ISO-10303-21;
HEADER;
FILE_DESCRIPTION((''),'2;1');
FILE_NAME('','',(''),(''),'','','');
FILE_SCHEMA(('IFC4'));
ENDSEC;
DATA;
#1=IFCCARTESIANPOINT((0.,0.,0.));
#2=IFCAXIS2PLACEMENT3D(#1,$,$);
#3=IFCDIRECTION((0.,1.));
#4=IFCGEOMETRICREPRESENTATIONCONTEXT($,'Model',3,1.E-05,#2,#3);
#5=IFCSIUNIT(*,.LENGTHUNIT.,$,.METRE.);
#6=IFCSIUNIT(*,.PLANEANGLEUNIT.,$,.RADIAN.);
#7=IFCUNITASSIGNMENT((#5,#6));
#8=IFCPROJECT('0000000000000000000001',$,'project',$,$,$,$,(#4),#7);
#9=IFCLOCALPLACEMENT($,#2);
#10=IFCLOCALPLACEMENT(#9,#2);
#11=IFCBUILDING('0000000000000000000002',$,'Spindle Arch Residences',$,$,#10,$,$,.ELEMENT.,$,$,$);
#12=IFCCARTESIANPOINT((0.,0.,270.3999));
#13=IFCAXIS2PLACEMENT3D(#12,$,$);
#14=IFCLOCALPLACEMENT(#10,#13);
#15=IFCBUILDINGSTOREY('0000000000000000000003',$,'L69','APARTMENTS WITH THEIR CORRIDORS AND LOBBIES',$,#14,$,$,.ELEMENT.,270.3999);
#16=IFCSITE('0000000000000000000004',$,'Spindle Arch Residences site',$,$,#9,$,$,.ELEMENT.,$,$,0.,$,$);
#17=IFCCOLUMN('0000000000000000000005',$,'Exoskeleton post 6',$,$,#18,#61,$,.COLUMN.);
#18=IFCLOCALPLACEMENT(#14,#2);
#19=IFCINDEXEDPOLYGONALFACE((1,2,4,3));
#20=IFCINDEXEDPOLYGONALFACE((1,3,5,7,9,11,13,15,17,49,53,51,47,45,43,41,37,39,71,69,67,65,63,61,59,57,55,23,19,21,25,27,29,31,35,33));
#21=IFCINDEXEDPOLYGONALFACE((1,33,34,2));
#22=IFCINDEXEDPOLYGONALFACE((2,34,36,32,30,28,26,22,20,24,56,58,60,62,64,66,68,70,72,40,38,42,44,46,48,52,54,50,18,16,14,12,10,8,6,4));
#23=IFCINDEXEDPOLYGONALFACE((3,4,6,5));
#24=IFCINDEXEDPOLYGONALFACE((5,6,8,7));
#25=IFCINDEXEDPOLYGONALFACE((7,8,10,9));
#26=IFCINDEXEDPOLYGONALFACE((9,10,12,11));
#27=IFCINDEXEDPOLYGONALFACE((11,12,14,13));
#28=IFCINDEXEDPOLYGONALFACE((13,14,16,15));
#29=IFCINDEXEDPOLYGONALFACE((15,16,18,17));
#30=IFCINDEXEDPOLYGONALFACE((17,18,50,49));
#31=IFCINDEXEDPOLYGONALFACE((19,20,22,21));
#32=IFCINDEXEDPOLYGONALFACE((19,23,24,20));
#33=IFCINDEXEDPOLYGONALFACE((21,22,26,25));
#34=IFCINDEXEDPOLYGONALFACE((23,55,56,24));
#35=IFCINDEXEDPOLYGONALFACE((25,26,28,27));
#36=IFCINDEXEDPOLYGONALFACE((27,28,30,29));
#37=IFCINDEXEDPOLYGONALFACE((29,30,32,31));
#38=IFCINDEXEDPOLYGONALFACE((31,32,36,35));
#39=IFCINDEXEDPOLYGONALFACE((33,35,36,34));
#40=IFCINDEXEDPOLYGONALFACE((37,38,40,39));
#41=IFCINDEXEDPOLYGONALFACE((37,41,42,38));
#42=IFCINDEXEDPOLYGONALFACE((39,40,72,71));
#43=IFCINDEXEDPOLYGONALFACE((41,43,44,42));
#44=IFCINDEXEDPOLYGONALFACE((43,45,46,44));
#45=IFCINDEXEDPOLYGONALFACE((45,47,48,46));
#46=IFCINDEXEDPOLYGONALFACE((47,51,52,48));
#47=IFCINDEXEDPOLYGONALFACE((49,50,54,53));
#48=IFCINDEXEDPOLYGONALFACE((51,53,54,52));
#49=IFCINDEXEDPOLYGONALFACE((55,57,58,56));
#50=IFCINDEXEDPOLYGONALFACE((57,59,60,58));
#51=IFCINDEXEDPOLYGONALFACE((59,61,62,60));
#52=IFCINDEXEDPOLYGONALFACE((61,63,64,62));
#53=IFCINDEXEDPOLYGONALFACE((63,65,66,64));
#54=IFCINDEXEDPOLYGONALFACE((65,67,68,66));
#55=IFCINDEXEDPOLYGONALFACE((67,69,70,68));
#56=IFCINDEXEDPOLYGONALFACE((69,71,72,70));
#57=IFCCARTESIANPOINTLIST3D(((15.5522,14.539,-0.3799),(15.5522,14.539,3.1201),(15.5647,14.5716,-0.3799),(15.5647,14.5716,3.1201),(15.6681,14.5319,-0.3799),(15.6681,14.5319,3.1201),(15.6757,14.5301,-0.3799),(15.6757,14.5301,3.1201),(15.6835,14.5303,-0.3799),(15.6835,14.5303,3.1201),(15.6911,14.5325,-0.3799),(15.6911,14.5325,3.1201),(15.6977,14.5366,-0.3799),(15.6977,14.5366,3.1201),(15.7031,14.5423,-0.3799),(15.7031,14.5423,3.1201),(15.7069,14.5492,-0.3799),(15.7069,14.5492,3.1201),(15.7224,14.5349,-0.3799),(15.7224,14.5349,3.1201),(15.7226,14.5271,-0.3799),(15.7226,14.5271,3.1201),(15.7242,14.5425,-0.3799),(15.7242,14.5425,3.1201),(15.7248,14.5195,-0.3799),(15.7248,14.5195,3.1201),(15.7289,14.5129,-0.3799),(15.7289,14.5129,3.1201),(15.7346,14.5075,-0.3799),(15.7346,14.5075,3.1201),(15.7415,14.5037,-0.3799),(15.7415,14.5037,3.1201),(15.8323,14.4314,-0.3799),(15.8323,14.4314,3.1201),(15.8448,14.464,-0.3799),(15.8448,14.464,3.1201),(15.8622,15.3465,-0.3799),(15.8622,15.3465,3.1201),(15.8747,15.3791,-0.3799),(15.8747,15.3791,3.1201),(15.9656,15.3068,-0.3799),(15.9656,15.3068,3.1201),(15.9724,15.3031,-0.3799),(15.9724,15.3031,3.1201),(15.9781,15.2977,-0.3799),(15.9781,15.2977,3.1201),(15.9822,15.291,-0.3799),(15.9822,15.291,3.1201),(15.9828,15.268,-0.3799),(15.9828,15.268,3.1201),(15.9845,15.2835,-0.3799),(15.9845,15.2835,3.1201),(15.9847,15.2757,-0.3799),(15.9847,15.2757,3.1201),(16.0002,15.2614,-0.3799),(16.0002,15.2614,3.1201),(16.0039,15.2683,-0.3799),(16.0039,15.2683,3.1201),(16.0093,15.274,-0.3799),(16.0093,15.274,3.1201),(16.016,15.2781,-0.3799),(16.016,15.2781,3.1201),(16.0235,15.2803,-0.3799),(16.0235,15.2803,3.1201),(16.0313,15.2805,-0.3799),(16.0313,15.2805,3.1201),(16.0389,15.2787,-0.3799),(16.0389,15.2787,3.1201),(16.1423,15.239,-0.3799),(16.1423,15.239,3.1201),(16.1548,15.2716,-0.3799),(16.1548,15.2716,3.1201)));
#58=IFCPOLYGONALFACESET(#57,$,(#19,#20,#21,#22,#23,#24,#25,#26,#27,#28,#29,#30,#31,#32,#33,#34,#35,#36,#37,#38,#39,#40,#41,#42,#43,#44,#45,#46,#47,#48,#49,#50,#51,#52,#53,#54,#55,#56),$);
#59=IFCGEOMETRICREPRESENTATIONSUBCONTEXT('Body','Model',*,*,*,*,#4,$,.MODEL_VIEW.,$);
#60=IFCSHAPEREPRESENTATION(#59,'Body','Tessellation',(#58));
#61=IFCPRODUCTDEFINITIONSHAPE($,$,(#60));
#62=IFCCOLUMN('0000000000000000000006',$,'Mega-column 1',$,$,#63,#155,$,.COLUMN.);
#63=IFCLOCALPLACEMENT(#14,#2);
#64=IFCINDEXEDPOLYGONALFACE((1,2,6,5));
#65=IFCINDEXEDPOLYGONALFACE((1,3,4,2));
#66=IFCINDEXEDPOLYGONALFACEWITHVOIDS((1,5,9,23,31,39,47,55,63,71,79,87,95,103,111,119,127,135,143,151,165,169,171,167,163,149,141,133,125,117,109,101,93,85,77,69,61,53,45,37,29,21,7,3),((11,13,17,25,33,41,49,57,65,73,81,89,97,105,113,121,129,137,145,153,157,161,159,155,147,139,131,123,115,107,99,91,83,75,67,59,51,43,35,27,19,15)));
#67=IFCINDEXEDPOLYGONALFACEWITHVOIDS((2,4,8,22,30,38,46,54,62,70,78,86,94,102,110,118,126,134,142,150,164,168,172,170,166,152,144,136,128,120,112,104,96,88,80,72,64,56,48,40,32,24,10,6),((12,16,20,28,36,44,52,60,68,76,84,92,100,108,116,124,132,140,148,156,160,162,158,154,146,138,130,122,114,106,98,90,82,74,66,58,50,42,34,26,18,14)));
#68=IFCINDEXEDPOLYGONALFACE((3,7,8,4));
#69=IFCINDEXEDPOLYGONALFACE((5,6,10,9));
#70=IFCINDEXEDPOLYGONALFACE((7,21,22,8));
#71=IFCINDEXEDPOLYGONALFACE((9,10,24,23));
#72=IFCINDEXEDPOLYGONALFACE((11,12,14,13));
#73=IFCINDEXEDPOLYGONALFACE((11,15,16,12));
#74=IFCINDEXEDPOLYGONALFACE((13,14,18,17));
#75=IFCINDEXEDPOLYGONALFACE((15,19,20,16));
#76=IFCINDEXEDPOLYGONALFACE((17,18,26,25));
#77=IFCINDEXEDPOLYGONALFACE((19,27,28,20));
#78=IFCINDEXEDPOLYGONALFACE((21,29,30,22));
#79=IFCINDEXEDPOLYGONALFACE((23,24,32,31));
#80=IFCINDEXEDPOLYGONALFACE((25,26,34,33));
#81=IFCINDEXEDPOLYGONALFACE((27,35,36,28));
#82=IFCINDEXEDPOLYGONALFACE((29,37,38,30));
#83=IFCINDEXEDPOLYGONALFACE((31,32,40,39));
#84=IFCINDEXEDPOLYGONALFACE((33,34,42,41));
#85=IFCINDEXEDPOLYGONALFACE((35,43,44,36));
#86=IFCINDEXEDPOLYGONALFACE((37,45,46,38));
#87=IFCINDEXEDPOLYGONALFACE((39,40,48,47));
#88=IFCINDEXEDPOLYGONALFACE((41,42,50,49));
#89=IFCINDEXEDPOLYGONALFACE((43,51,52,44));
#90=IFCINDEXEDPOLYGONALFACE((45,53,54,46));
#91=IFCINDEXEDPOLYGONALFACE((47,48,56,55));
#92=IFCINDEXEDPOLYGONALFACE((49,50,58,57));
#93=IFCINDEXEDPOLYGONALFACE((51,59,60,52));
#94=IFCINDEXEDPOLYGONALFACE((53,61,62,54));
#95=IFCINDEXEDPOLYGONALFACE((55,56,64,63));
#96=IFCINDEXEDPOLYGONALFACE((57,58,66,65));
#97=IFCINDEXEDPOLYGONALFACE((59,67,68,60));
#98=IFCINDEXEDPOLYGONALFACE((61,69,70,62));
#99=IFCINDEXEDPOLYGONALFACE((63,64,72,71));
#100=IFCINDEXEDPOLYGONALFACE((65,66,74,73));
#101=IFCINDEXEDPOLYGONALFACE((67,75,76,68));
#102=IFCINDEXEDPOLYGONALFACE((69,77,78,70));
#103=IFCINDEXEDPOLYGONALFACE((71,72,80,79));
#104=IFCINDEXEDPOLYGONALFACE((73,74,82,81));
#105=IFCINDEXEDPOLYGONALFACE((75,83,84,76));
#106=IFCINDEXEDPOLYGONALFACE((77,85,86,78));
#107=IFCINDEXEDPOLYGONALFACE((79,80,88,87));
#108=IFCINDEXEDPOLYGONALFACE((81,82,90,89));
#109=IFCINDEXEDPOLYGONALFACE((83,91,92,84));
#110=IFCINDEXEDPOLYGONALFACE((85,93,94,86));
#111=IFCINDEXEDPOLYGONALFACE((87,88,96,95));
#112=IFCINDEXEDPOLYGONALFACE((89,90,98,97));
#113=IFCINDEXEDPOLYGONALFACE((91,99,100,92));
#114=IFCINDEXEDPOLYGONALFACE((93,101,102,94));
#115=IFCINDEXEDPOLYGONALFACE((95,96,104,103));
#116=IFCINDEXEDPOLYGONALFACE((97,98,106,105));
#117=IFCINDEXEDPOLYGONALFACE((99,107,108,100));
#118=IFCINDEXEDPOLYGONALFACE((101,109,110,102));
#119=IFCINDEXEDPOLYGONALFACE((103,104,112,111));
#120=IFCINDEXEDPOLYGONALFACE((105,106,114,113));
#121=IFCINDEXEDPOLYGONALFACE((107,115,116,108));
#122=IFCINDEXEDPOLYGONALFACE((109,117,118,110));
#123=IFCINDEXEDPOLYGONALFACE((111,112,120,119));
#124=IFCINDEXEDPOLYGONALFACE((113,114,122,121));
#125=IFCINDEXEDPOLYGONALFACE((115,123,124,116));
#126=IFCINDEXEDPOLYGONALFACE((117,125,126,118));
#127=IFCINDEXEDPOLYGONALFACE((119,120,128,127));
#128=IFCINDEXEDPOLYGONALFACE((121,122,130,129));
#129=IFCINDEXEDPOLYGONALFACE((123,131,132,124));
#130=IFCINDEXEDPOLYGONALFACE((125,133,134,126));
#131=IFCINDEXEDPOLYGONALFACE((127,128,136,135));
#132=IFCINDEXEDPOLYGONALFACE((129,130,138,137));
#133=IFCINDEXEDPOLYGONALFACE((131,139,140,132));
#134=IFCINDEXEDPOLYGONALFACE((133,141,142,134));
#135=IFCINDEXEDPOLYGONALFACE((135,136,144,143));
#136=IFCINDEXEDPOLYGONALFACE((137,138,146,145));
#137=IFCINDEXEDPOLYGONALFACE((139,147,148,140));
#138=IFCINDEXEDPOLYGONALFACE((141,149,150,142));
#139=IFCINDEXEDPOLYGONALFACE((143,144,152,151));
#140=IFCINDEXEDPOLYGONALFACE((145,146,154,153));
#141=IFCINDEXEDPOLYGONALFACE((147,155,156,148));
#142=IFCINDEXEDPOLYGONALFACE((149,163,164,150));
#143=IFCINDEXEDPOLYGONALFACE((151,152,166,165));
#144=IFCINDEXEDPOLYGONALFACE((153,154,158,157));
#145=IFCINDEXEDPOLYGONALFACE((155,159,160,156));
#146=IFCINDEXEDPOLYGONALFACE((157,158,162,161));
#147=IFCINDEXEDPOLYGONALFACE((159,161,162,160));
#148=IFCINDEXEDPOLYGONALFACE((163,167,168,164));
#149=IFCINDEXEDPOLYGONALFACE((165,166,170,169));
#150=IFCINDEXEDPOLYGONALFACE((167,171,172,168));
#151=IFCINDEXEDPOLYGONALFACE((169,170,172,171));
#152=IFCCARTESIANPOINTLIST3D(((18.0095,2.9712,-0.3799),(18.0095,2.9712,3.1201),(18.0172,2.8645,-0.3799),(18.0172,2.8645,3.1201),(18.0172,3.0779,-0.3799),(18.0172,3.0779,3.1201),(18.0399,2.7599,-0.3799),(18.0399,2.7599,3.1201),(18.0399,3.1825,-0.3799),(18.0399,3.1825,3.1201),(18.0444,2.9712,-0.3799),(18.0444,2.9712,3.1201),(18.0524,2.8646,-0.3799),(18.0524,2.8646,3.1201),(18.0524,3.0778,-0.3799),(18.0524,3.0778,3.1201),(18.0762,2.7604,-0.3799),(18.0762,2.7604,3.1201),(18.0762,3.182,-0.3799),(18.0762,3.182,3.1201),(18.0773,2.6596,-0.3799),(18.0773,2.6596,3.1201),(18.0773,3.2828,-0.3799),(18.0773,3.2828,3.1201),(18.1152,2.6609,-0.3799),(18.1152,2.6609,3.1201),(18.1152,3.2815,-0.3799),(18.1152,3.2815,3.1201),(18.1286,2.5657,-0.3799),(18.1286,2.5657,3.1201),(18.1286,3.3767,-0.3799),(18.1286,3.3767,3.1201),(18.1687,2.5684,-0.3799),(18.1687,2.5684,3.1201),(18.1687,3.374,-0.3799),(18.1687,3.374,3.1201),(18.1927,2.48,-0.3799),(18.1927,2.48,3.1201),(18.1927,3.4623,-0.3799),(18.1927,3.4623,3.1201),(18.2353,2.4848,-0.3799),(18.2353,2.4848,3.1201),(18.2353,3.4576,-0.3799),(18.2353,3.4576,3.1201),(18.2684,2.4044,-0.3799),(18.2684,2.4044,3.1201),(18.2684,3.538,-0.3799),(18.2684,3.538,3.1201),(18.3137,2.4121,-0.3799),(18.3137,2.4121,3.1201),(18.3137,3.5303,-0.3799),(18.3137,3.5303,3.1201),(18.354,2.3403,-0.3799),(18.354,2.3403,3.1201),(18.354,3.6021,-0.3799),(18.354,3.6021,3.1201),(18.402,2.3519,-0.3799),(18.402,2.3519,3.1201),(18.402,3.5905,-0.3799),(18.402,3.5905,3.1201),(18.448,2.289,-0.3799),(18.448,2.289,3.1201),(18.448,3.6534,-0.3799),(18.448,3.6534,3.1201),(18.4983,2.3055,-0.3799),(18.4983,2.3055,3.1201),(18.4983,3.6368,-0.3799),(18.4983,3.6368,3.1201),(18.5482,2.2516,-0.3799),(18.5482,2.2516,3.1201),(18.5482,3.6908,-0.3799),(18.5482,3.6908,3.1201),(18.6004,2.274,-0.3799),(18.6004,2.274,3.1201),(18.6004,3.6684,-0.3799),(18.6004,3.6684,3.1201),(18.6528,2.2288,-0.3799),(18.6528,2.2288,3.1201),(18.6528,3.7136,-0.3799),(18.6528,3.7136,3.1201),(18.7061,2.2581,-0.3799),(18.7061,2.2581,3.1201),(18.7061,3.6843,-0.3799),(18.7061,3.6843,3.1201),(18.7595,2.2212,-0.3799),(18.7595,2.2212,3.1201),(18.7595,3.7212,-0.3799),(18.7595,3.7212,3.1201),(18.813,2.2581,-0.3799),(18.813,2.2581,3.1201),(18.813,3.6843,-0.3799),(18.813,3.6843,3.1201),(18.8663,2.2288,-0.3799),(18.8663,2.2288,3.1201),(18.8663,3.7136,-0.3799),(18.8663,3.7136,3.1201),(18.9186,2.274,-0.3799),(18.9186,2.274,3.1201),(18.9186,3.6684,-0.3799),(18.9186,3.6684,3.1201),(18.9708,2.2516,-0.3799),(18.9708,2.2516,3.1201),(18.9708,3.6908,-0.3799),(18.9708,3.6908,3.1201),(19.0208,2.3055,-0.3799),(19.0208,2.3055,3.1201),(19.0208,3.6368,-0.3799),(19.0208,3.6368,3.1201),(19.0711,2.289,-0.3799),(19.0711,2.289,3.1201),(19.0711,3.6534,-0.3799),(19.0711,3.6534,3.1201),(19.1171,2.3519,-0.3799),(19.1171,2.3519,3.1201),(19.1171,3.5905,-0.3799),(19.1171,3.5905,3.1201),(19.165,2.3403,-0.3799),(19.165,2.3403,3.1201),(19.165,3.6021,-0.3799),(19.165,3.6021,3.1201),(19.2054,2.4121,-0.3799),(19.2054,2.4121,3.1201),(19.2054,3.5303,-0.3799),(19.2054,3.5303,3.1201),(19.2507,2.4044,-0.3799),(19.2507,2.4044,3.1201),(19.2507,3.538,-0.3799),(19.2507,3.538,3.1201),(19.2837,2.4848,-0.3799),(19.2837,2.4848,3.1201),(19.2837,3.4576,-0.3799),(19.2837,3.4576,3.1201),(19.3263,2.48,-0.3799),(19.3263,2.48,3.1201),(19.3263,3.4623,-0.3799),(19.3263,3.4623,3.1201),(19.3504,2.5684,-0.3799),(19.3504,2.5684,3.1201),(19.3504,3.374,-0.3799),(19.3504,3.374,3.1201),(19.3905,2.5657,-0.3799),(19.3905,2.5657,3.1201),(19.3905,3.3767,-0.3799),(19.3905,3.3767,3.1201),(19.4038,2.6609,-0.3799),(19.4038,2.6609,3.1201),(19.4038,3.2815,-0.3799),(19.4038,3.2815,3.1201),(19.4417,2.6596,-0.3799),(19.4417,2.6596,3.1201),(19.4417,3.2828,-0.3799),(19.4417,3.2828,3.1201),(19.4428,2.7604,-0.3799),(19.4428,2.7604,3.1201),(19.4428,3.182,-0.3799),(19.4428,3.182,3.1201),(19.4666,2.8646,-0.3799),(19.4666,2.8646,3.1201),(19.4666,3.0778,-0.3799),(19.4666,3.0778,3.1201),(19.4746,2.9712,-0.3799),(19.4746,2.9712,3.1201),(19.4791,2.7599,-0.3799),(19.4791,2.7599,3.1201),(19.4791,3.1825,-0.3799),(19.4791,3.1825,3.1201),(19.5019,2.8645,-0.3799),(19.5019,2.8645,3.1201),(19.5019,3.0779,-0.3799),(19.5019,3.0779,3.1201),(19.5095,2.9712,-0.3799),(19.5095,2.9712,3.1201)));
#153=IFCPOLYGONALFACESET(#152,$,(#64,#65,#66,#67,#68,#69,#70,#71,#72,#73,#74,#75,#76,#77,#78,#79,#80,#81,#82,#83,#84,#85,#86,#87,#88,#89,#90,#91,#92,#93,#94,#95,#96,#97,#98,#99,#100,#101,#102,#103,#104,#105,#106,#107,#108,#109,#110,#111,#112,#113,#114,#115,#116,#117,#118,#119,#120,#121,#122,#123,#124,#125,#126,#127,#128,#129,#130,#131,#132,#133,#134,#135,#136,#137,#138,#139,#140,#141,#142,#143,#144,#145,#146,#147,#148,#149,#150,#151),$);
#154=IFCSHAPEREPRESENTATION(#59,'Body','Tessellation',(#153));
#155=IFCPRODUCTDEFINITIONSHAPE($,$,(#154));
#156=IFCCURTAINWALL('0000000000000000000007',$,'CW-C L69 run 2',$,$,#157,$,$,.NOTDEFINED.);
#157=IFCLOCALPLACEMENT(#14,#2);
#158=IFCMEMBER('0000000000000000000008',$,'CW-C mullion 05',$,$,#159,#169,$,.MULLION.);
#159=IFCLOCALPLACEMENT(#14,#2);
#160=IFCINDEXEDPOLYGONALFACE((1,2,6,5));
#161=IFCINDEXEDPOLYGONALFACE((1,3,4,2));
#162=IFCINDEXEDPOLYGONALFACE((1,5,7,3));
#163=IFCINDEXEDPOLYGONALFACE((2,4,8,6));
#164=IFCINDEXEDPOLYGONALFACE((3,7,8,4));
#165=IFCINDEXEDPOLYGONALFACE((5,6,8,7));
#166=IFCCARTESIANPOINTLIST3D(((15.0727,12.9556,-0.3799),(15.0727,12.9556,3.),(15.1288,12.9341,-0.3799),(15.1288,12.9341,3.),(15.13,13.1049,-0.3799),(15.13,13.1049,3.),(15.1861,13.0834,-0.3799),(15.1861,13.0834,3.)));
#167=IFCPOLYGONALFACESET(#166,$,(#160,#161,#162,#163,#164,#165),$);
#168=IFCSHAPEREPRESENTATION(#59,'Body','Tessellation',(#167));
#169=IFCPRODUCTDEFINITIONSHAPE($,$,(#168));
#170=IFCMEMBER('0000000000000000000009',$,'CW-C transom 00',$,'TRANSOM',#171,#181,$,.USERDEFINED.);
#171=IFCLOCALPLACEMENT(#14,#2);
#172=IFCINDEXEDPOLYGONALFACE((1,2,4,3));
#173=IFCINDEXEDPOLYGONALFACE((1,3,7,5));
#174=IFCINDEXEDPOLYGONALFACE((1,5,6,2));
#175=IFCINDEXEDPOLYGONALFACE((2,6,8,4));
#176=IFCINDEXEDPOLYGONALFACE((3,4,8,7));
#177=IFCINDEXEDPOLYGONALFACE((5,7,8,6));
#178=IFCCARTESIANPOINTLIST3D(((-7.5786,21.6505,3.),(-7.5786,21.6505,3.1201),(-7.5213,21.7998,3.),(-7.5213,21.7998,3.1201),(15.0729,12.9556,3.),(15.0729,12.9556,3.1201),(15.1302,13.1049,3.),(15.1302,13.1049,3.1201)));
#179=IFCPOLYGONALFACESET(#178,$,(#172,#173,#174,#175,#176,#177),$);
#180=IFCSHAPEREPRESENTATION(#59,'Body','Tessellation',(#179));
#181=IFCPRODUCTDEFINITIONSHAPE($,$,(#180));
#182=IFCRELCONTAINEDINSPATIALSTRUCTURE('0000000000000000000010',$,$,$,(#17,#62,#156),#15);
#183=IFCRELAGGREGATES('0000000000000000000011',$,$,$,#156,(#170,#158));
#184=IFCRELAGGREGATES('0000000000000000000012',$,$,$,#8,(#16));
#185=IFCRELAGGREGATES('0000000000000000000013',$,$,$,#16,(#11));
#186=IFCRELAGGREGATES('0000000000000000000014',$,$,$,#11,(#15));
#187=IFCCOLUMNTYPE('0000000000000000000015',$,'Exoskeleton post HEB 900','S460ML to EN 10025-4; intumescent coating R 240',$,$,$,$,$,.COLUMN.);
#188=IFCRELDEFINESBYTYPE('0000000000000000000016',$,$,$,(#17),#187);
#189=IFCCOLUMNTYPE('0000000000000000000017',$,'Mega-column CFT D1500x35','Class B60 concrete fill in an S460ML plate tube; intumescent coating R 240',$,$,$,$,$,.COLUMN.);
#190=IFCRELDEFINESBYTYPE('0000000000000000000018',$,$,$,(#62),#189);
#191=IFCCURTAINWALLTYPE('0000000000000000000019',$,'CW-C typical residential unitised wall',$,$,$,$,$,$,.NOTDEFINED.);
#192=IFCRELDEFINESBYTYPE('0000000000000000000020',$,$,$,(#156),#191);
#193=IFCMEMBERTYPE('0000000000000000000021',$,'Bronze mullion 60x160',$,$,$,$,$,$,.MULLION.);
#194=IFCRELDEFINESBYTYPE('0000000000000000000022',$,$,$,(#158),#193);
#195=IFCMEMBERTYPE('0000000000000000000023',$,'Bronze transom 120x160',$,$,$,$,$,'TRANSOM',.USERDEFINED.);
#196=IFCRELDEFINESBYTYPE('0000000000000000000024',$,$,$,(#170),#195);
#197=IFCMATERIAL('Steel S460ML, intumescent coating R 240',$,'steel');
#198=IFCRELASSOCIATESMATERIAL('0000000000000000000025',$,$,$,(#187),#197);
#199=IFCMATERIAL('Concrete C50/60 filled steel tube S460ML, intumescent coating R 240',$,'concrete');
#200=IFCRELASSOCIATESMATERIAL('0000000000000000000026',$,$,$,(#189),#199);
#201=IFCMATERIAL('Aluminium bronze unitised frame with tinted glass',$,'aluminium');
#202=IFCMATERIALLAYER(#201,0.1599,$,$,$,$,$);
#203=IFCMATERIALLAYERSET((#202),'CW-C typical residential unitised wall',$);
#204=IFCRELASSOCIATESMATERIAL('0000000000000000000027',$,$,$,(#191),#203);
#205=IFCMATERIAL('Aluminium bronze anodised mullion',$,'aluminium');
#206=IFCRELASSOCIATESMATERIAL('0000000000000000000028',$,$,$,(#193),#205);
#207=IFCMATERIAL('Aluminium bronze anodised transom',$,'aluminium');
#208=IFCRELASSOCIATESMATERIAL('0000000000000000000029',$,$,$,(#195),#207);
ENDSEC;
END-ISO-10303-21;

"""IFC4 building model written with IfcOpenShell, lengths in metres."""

from ifc_helpers import new_model, si_unit, direction, frame, origin, origin_2d, place, context, subcontext, project, spatial, rectangle, hollow_circle, i_section, extrude, material, layer, layer_set, material_profile, profile_set, type_object, element, aggregate, save


model = new_model("IFC4")

# Units and contexts
model_context = context("Model", 3, precision=1e-05, world=origin(), true_north=direction((0.0, 1.0)))
body_context = subcontext(model_context, "Body", "Model", "MODEL_VIEW")
ifc_project = project(units=[si_unit("LENGTHUNIT", "METRE"), si_unit("PLANEANGLEUNIT", "RADIAN")], contexts=[model_context])

# Site, building, storey
site_placement = place(None, origin())
site = spatial("IfcSite", under=ifc_project, at=site_placement, Name="Spindle Arch Residences site", CompositionType="ELEMENT", RefElevation=0.0)
building_placement = place(site_placement, origin())
building = spatial("IfcBuilding", under=site, at=building_placement, Name="Spindle Arch Residences", CompositionType="ELEMENT")
storey_placement = place(building_placement, frame((0.0, 0.0, 270.3999)))
storey = spatial("IfcBuildingStorey", under=building, at=storey_placement, Name="L69", Description="APARTMENTS WITH THEIR CORRIDORS AND LOBBIES", CompositionType="ELEMENT", Elevation=270.3999)

# Columns
ifc_material_1 = material(Name="Steel S460ML, intumescent coating R 240", Category="steel")
ifc_material_profile_1 = material_profile(ifc_material_1, i_section(OverallWidth=0.3, OverallDepth=0.8999, WebThickness=0.0186, FlangeThickness=0.0349, FilletRadius=0.03, at=origin_2d()), Name="HEB 900")
ifc_profile_set_1 = profile_set([ifc_material_profile_1], Name="Steel S460ML, intumescent coating R 240")
column_type_1 = type_object("IfcColumnType", Name="Exoskeleton post HEB 900", Description="S460ML to EN 10025-4; intumescent coating R 240", PredefinedType="COLUMN", material=ifc_profile_set_1)
column_1_placement = place(storey_placement, frame((15.8535, 14.9053, -0.3799), z_axis=(0.0, 0.0, 1.0), x_axis=(0.93358, -0.358368, 0.0)))
element("IfcColumn", 1, at=column_1_placement, inside=storey, type_object=column_type_1, Name="Exoskeleton post 6", PredefinedType="COLUMN", context=body_context, shape_type="SweptSolid", body=[
    extrude(i_section(OverallWidth=0.3, OverallDepth=0.8999, WebThickness=0.0186, FlangeThickness=0.0349, FilletRadius=0.03, at=origin_2d()), origin(), (0.0, 0.0, 1.0), 3.5),
])
ifc_material_2 = material(Name="Concrete C50/60 filled steel tube S460ML, intumescent coating R 240", Category="concrete")
ifc_material_profile_2 = material_profile(ifc_material_2, hollow_circle(Radius=0.75, WallThickness=0.0349, at=origin_2d()), Name="CFT D1500x35")
ifc_profile_set_2 = profile_set([ifc_material_profile_2], Name="Concrete C50/60 filled steel tube S460ML, intumescent coating R 240")
column_type_2 = type_object("IfcColumnType", Name="Mega-column CFT D1500x35", Description="Class B60 concrete fill in an S460ML plate tube; intumescent coating R 240", PredefinedType="COLUMN", material=ifc_profile_set_2)
column_2_placement = place(storey_placement, frame((18.7595, 2.9712, -0.3799), z_axis=(0.0, 0.0, 1.0), x_axis=(1.0, 0.0, 0.0)))
element("IfcColumn", 2, at=column_2_placement, inside=storey, type_object=column_type_2, Name="Mega-column 1", PredefinedType="COLUMN", context=body_context, shape_type="SweptSolid", body=[
    extrude(hollow_circle(Radius=0.75, WallThickness=0.0349, at=origin_2d()), origin(), (0.0, 0.0, 1.0), 3.5),
])

# Curtain wall, members
ifc_material_3 = material(Name="Aluminium bronze unitised frame with tinted glass", Category="aluminium")
ifc_layer_1 = layer(ifc_material_3, 0.1599)
ifc_layer_set_1 = layer_set([ifc_layer_1], Name="CW-C typical residential unitised wall")
curtain_wall_type_1 = type_object("IfcCurtainWallType", Name="CW-C typical residential unitised wall", PredefinedType="NOTDEFINED", material=ifc_layer_set_1)
curtain_wall_1_placement = place(storey_placement, origin())
curtain_wall_1 = element("IfcCurtainWall", 3, at=curtain_wall_1_placement, inside=storey, type_object=curtain_wall_type_1, Name="CW-C L69 run 2", PredefinedType="NOTDEFINED")
ifc_material_4 = material(Name="Aluminium bronze anodised mullion", Category="aluminium")
ifc_material_profile_3 = material_profile(ifc_material_4, rectangle(XDim=0.1599, YDim=0.0601, at=origin_2d()), Name="MU 60x160")
ifc_profile_set_3 = profile_set([ifc_material_profile_3], Name="Aluminium bronze anodised mullion")
member_type_1 = type_object("IfcMemberType", Name="Bronze mullion 60x160", PredefinedType="MULLION", material=ifc_profile_set_3)
member_1_placement = place(storey_placement, frame((15.1294, 13.0195, -0.3799), z_axis=(0.0, 0.0, 1.0), x_axis=(-0.358368, -0.93358, 0.0)))
member_1 = element("IfcMember", 4, at=member_1_placement, type_object=member_type_1, Name="CW-C mullion 05", PredefinedType="MULLION", context=body_context, shape_type="SweptSolid", body=[
    extrude(rectangle(XDim=0.1599, YDim=0.0601, at=origin_2d()), origin(), (0.0, 0.0, 1.0), 3.3799),
])
ifc_material_5 = material(Name="Aluminium bronze anodised transom", Category="aluminium")
ifc_material_profile_4 = material_profile(ifc_material_5, rectangle(XDim=0.1599, YDim=0.1201, at=origin_2d()), Name="TR 120x160")
ifc_profile_set_4 = profile_set([ifc_material_profile_4], Name="Aluminium bronze anodised transom")
member_type_2 = type_object("IfcMemberType", Name="Bronze transom 120x160", ElementType="TRANSOM", PredefinedType="USERDEFINED", material=ifc_profile_set_4)
member_2_placement = place(storey_placement, frame((15.1016, 13.0303, 3.0601), z_axis=(-0.933583, 0.35836, 0.0), x_axis=(-0.35836, -0.933583, 0.0)))
member_2 = element("IfcMember", 5, at=member_2_placement, type_object=member_type_2, Name="CW-C transom 00", ObjectType="TRANSOM", PredefinedType="USERDEFINED", context=body_context, shape_type="SweptSolid", body=[
    extrude(rectangle(XDim=0.1599, YDim=0.1201, at=origin_2d()), origin(), (0.0, 0.0, 1.0), 24.2629),
])

aggregate(curtain_wall_1, [member_2, member_1])

save(model, "model.ifc")
